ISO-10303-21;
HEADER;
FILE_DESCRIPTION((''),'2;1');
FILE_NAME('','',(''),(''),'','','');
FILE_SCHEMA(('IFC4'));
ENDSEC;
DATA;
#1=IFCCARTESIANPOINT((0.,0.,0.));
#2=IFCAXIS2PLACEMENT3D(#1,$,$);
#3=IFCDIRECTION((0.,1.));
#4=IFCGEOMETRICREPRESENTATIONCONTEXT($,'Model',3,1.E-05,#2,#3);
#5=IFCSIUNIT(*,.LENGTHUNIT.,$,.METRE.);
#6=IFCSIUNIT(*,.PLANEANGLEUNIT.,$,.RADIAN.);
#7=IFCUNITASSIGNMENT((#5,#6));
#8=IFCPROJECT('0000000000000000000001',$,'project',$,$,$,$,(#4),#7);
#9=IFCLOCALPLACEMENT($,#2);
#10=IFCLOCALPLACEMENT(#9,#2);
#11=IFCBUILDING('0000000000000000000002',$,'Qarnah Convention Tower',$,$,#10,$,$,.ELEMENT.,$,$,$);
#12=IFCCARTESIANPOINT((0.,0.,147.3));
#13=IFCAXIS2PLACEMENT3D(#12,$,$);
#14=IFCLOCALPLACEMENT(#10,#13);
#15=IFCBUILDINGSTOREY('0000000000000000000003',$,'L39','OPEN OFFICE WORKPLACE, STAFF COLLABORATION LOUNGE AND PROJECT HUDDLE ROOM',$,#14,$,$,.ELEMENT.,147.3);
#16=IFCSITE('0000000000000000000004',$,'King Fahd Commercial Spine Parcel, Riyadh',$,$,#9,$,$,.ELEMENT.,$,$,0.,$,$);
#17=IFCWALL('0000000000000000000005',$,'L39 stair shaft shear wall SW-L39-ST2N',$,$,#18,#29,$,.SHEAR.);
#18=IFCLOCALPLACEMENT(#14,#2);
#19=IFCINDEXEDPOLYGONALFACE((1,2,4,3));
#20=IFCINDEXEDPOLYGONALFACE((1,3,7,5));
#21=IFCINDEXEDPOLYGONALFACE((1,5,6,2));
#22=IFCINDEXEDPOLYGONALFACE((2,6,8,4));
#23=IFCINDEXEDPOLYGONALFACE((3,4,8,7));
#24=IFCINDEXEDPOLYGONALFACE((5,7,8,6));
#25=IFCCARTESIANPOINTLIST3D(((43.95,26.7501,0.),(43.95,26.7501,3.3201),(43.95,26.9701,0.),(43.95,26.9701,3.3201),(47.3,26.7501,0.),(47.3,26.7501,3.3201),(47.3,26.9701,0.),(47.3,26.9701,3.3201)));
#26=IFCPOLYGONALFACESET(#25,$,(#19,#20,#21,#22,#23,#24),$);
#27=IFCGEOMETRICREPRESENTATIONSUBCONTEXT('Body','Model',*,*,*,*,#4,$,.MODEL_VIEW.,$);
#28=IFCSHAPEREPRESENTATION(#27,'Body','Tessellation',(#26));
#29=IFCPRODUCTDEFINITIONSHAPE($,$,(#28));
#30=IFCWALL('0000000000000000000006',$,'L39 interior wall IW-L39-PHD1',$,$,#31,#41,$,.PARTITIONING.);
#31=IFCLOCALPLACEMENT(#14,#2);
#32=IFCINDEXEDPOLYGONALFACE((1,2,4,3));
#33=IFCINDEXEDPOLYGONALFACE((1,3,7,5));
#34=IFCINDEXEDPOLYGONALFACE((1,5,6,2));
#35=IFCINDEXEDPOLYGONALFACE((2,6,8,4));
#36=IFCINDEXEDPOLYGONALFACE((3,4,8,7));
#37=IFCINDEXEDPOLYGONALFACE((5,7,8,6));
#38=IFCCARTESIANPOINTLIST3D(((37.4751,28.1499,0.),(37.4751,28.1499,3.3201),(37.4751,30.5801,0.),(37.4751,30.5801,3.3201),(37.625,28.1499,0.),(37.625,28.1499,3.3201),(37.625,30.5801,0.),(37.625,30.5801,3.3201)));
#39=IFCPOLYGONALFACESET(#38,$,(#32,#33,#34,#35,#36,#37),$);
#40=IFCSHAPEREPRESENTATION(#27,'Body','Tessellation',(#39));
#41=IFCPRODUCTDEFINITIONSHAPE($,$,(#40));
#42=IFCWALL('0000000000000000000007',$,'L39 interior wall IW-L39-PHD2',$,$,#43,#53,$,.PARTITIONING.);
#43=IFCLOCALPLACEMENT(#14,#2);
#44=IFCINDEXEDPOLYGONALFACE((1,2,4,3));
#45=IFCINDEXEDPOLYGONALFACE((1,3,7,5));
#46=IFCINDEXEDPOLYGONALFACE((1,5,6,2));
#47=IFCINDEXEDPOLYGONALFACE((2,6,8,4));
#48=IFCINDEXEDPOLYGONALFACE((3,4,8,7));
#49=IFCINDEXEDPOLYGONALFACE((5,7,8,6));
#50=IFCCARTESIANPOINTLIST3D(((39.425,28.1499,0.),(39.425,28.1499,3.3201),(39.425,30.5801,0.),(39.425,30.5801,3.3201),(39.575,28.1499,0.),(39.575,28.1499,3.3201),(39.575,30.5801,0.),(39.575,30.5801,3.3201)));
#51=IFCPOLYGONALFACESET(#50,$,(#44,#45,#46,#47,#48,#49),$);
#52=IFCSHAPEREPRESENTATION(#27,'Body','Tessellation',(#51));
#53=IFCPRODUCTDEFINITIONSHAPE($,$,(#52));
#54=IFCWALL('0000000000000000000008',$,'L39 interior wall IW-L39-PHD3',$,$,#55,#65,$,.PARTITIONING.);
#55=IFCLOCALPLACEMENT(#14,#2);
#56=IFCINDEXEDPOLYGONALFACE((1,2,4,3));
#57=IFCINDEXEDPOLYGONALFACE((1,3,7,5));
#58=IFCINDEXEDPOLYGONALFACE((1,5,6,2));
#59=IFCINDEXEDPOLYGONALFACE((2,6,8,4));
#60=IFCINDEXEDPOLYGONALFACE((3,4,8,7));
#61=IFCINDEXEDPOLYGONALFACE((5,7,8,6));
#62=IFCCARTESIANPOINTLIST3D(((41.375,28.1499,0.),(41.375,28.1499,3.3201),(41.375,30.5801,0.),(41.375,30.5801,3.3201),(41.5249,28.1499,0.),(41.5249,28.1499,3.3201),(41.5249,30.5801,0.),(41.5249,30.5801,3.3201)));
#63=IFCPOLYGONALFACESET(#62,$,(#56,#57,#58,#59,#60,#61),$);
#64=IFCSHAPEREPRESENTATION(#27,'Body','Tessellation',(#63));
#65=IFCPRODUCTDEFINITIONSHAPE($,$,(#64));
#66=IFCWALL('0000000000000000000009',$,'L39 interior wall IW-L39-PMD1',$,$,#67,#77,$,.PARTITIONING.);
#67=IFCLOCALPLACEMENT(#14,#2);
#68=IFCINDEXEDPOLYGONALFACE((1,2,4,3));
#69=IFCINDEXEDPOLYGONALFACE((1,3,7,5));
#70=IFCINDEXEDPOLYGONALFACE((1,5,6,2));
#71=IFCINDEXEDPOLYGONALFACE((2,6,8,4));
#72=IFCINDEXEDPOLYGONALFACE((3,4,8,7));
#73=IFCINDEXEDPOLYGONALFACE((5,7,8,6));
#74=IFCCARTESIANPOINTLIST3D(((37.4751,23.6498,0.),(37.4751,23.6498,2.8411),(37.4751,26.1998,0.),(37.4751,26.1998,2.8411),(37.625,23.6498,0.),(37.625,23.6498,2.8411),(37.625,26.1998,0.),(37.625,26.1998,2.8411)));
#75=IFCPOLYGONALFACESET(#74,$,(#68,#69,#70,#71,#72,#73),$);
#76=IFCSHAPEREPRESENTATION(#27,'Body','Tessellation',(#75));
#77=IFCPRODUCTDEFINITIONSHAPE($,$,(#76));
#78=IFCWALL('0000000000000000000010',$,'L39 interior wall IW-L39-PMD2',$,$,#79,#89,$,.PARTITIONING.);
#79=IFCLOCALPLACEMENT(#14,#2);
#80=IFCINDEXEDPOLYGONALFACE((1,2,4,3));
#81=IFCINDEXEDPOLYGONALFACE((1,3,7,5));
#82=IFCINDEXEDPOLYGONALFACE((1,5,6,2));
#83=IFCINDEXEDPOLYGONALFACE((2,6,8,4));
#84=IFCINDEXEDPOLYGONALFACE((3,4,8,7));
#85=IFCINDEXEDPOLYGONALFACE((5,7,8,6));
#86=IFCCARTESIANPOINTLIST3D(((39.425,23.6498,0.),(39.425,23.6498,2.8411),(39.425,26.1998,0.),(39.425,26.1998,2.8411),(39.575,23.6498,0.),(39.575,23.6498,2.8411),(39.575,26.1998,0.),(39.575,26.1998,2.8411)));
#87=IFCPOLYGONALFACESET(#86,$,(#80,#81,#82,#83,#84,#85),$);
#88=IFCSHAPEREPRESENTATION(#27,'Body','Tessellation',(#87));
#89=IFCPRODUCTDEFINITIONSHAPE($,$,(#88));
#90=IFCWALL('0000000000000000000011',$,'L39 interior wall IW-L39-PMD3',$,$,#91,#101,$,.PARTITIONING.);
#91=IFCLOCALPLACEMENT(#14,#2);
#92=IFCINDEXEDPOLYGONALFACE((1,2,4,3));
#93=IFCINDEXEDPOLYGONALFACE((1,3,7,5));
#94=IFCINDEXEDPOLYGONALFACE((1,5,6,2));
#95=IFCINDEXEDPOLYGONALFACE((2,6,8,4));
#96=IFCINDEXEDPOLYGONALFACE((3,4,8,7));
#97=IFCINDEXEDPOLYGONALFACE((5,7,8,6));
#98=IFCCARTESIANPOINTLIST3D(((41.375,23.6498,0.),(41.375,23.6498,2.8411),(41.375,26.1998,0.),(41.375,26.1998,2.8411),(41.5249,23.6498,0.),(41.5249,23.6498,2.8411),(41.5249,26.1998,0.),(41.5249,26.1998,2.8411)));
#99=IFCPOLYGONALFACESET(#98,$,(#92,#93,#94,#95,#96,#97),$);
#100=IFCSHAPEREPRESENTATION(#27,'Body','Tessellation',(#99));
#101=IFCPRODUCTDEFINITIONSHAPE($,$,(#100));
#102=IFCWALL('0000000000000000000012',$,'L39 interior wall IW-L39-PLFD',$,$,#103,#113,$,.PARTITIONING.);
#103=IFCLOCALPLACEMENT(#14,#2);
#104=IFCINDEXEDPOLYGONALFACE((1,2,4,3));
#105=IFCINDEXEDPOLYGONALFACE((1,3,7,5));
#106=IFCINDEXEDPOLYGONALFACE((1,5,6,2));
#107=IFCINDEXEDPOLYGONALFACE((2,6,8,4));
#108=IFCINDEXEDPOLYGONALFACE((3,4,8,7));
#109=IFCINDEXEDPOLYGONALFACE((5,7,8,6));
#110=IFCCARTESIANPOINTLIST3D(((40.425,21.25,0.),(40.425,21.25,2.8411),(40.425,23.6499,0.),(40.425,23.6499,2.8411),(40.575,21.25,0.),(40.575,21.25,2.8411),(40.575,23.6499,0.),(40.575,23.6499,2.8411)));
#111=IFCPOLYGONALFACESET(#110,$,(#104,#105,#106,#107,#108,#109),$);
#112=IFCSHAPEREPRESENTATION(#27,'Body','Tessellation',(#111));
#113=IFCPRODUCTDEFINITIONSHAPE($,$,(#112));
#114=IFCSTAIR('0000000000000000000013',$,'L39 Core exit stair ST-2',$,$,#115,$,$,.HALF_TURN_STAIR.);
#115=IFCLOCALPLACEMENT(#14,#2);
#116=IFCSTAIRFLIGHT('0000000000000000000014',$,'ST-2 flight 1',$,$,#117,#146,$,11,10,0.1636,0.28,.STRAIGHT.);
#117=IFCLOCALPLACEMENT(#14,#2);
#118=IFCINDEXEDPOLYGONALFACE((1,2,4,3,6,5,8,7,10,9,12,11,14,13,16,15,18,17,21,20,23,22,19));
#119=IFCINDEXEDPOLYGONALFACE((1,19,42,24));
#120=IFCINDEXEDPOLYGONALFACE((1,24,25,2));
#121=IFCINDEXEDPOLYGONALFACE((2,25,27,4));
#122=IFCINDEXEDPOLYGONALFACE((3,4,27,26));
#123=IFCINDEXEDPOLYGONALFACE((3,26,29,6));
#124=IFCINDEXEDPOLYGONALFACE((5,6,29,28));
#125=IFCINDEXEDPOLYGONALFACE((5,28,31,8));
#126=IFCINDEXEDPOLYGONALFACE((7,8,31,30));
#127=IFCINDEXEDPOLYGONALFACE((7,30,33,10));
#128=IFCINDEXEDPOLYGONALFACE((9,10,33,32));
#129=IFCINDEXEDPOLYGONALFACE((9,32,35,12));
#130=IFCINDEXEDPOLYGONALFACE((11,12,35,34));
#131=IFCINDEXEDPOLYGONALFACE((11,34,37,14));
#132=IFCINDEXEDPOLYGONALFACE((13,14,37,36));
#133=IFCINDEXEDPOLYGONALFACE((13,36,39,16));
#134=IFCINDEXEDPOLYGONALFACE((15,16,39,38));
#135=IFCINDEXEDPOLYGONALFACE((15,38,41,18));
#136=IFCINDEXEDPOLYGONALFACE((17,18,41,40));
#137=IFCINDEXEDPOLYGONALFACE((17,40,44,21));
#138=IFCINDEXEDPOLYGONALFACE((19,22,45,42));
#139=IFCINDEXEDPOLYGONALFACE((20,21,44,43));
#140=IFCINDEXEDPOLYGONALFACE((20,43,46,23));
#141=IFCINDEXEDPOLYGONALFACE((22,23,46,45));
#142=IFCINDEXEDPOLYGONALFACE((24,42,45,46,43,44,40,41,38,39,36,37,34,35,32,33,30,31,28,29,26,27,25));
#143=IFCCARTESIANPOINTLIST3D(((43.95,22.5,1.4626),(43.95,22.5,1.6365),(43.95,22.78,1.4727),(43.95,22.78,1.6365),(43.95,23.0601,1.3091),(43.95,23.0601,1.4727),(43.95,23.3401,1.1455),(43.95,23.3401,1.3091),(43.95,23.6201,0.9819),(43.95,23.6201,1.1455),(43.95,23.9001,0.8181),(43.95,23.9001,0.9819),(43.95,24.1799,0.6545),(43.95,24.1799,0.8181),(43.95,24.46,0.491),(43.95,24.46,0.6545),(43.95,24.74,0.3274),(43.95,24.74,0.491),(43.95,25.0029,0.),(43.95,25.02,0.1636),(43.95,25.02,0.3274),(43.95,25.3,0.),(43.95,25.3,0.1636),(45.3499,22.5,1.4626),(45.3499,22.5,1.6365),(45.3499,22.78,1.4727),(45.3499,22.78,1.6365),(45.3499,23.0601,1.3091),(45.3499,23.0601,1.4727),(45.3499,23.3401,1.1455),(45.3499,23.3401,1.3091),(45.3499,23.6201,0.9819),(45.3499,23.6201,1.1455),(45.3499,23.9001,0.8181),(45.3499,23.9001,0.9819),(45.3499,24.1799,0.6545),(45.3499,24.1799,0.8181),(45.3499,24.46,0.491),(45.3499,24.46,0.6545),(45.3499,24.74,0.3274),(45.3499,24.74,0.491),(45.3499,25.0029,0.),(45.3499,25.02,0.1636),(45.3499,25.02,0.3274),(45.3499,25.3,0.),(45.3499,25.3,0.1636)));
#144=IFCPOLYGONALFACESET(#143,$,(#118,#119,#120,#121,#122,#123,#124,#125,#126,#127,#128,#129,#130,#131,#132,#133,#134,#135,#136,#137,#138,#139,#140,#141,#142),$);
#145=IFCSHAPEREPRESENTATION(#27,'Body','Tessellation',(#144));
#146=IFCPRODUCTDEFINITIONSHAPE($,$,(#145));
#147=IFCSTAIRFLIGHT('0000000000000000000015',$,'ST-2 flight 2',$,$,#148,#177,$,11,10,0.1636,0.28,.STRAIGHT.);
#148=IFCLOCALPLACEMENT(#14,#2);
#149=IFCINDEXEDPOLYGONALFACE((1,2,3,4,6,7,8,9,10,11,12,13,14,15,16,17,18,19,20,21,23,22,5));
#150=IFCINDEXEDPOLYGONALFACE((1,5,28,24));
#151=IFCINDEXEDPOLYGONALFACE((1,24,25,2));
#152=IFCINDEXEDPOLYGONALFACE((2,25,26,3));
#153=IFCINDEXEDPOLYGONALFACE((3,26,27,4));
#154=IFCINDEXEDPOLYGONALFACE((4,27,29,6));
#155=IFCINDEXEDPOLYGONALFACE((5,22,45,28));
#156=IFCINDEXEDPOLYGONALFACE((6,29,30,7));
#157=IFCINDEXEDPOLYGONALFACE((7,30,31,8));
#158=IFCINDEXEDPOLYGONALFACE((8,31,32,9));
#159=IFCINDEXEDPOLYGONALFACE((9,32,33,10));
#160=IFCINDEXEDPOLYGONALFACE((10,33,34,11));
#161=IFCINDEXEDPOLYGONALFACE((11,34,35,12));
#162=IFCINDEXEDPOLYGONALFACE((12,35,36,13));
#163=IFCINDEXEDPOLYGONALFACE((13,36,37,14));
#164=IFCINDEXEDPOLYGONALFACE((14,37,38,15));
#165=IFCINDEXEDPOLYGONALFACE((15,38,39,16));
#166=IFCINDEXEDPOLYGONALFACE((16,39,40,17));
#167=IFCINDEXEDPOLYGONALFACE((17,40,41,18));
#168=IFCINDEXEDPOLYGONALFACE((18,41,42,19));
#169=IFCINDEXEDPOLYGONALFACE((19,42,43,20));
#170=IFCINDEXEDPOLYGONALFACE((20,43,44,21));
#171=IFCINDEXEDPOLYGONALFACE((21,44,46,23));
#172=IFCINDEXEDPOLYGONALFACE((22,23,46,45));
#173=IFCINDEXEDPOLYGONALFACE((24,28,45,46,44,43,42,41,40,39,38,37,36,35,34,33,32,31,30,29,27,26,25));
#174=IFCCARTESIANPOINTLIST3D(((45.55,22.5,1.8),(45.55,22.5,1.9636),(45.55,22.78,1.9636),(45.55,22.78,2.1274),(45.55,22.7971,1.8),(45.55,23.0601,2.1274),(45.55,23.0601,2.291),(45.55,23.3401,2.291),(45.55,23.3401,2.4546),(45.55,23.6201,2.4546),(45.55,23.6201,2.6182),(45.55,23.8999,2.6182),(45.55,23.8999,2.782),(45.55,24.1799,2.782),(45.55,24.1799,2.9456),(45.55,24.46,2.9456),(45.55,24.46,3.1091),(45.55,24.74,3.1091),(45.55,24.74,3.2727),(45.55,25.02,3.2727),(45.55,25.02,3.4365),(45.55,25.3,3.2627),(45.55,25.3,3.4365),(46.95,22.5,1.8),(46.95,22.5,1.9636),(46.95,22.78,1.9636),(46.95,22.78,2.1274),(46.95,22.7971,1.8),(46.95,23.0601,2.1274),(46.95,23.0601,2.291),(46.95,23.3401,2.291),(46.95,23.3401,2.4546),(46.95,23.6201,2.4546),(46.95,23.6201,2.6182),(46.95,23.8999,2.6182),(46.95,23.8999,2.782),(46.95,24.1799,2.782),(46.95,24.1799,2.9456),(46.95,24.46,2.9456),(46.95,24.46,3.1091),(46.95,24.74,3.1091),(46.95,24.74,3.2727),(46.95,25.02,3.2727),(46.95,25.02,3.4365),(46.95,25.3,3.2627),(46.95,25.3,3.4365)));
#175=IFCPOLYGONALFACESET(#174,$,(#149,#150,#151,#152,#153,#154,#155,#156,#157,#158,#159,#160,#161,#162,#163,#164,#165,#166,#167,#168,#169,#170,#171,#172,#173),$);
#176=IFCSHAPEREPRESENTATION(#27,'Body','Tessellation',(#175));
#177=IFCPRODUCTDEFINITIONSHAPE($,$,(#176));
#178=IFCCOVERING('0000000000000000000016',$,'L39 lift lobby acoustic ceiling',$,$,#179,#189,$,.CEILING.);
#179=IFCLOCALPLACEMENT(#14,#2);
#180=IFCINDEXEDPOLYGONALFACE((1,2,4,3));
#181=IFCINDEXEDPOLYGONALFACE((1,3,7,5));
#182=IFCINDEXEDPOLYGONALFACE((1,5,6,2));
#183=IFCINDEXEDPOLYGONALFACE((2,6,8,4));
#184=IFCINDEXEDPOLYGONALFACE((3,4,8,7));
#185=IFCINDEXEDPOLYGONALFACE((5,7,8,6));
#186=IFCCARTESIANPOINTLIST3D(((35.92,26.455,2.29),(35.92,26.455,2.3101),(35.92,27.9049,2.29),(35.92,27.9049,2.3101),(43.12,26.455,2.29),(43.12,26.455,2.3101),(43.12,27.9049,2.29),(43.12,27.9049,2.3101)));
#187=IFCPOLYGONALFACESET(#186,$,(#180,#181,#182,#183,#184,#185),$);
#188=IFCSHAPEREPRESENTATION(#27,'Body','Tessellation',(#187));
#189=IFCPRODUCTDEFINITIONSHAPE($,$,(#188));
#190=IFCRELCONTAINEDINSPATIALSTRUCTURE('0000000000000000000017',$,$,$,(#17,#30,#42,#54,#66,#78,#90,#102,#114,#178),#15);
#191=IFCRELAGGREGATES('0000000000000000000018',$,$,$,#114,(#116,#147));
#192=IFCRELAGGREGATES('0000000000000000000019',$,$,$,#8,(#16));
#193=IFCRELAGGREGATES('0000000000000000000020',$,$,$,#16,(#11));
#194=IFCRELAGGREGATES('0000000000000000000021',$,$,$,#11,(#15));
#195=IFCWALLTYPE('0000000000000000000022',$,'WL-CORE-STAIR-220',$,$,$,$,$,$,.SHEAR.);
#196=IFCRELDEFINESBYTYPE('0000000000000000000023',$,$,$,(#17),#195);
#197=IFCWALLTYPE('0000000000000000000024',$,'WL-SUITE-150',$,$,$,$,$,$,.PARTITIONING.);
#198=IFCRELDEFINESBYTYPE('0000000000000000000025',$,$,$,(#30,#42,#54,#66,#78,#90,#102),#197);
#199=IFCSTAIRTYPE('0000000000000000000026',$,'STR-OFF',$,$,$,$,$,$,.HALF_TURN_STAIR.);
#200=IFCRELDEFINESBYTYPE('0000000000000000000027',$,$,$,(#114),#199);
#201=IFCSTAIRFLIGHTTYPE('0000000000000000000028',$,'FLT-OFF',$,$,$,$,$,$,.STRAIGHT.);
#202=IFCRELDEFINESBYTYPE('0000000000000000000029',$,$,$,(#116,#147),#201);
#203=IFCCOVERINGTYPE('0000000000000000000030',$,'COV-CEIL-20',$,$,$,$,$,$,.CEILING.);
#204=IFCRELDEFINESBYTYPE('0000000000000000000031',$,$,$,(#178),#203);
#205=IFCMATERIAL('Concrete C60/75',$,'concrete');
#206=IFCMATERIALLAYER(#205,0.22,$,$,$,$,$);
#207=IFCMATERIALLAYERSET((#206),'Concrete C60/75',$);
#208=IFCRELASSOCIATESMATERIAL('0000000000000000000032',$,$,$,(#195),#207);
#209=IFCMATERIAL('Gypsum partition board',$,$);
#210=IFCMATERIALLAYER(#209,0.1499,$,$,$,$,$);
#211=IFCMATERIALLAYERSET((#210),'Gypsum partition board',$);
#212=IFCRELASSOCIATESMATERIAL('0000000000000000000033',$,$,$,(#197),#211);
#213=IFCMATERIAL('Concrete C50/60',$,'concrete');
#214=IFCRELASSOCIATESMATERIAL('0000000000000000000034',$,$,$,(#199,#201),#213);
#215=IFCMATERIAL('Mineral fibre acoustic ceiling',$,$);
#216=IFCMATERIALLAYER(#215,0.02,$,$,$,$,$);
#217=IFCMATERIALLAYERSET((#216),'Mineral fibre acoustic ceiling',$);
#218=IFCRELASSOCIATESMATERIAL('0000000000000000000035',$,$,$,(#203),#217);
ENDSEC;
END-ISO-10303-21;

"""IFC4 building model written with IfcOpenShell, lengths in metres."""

from ifc_helpers import new_model, si_unit, direction, frame, frame_2d, origin, origin_2d, place, context, subcontext, project, spatial, polyline, rectangle, outline, extrude, material, layer, layer_set, type_object, element, aggregate, save


model = new_model("IFC4")

# Units and contexts
model_context = context("Model", 3, precision=1e-05, world=origin(), true_north=direction((0.0, 1.0)))
body_context = subcontext(model_context, "Body", "Model", "MODEL_VIEW")
ifc_project = project(units=[si_unit("LENGTHUNIT", "METRE"), si_unit("PLANEANGLEUNIT", "RADIAN")], contexts=[model_context])

# Site, building, storey
site_placement = place(None, origin())
site = spatial("IfcSite", under=ifc_project, at=site_placement, Name="King Fahd Commercial Spine Parcel, Riyadh", CompositionType="ELEMENT", RefElevation=0.0)
building_placement = place(site_placement, origin())
building = spatial("IfcBuilding", under=site, at=building_placement, Name="Qarnah Convention Tower", CompositionType="ELEMENT")
storey_placement = place(building_placement, frame((0.0, 0.0, 147.3)))
storey = spatial("IfcBuildingStorey", under=building, at=storey_placement, Name="L39", Description="OPEN OFFICE WORKPLACE, STAFF COLLABORATION LOUNGE AND PROJECT HUDDLE ROOM", CompositionType="ELEMENT", Elevation=147.3)

# Shared definitions
ifc_material_1 = material(Name="Concrete C60/75", Category="concrete")

# Walls
ifc_layer_1 = layer(ifc_material_1, 0.22)
ifc_layer_set_1 = layer_set([ifc_layer_1], Name="Concrete C60/75")
wall_type_1 = type_object("IfcWallType", Name="WL-CORE-STAIR-220", PredefinedType="SHEAR", material=ifc_layer_set_1)
wall_1_placement = place(storey_placement, frame((43.95, 26.8601, 0.0), z_axis=(0.0, 0.0, 1.0), x_axis=(1.0, 0.0, 0.0)))
element("IfcWall", 1, at=wall_1_placement, inside=storey, type_object=wall_type_1, Name="L39 stair shaft shear wall SW-L39-ST2N", PredefinedType="SHEAR", context=body_context, shape_type="SweptSolid", body=[
    extrude(rectangle(XDim=3.3501, YDim=0.22, at=frame_2d((1.675, 0.0))), origin(), (0.0, 0.0, 1.0), 3.3201),
])
ifc_material_2 = material(Name="Gypsum partition board")
ifc_layer_2 = layer(ifc_material_2, 0.1499)
ifc_layer_set_2 = layer_set([ifc_layer_2], Name="Gypsum partition board")
wall_type_2 = type_object("IfcWallType", Name="WL-SUITE-150", PredefinedType="PARTITIONING", material=ifc_layer_set_2)
for number, where, z_axis, x_axis, name in (
    (2, (37.55, 28.1499, 0.0), (0.0, 0.0, 1.0), (0.0, 1.0, 0.0), "L39 interior wall IW-L39-PHD1"),
    (3, (39.5, 28.1499, 0.0), (0.0, 0.0, 1.0), (0.0, 1.0, 0.0), "L39 interior wall IW-L39-PHD2"),
    (4, (41.45, 28.1499, 0.0), (0.0, 0.0, 1.0), (0.0, 1.0, 0.0), "L39 interior wall IW-L39-PHD3"),
):
    element("IfcWall", number, at=place(storey_placement, frame(where, z_axis=z_axis, x_axis=x_axis)), inside=storey, type_object=wall_type_2, Name=name, PredefinedType="PARTITIONING", context=body_context, shape_type="SweptSolid", body=[
        extrude(rectangle(XDim=2.4302, YDim=0.1499, at=frame_2d((1.2151, 0.0))), origin(), (0.0, 0.0, 1.0), 3.3201),
    ])
for number, where, z_axis, x_axis, name in (
    (5, (37.55, 23.6499, 0.0), (0.0, 0.0, 1.0), (0.0, 1.0, 0.0), "L39 interior wall IW-L39-PMD1"),
    (6, (39.5, 23.6499, 0.0), (0.0, 0.0, 1.0), (0.0, 1.0, 0.0), "L39 interior wall IW-L39-PMD2"),
    (7, (41.45, 23.6499, 0.0), (0.0, 0.0, 1.0), (0.0, 1.0, 0.0), "L39 interior wall IW-L39-PMD3"),
):
    element("IfcWall", number, at=place(storey_placement, frame(where, z_axis=z_axis, x_axis=x_axis)), inside=storey, type_object=wall_type_2, Name=name, PredefinedType="PARTITIONING", context=body_context, shape_type="SweptSolid", body=[
        extrude(rectangle(XDim=2.55, YDim=0.1499, at=frame_2d((1.2749, 0.0))), origin(), (0.0, 0.0, 1.0), 2.8411),
    ])
wall_2_placement = place(storey_placement, frame((40.5, 21.25, 0.0), z_axis=(0.0, 0.0, 1.0), x_axis=(0.0, 1.0, 0.0)))
element("IfcWall", 8, at=wall_2_placement, inside=storey, type_object=wall_type_2, Name="L39 interior wall IW-L39-PLFD", PredefinedType="PARTITIONING", context=body_context, shape_type="SweptSolid", body=[
    extrude(rectangle(XDim=2.3999, YDim=0.1499, at=frame_2d((1.2, 0.0))), origin(), (0.0, 0.0, 1.0), 2.8411),
])

# Stair, stair flights
ifc_material_3 = material(Name="Concrete C50/60", Category="concrete")
stair_type = type_object("IfcStairType", Name="STR-OFF", PredefinedType="HALF_TURN_STAIR", material=ifc_material_3)
stair_placement = place(storey_placement, origin())
stair = element("IfcStair", 9, at=stair_placement, inside=storey, type_object=stair_type, Name="L39 Core exit stair ST-2", PredefinedType="HALF_TURN_STAIR")
stair_flight_type = type_object("IfcStairFlightType", Name="FLT-OFF", PredefinedType="STRAIGHT", material=ifc_material_3)
stair_flight_1_placement = place(storey_placement, frame((44.6499, 25.3, 0.0), z_axis=(0.0, 0.0, 1.0), x_axis=(0.0, -1.0, 0.0)))
stair_flight_1 = element("IfcStairFlight", 10, at=stair_flight_1_placement, type_object=stair_flight_type, Name="ST-2 flight 1", NumberOfRisers=11, NumberOfTreads=10, PredefinedType="STRAIGHT", RiserHeight=0.1636, TreadLength=0.28, context=body_context, shape_type="SweptSolid", body=[
    extrude(outline(polyline([(0.0, 0.0), (0.0, 0.1636), (0.28, 0.1636), (0.28, 0.3274), (0.5601, 0.3274), (0.5601, 0.491), (0.8401, 0.491), (0.8401, 0.6545), (1.1201, 0.6545), (1.1201, 0.8181), (1.3999, 0.8181), (1.3999, 0.9819), (1.6799, 0.9819), (1.6799, 1.1455), (1.96, 1.1455), (1.96, 1.3091), (2.24, 1.3091), (2.24, 1.4727), (2.52, 1.4727), (2.52, 1.6365), (2.8, 1.6365), (2.8, 1.8), (2.8, 1.4626), (0.2971, 0.0), (0.0, 0.0)])), frame((0.0, 0.7, 0.0), z_axis=(0.0, -1.0, 0.0), x_axis=(1.0, 0.0, 0.0)), (0.0, 0.0, 1.0), 1.3999),
])
stair_flight_2_placement = place(storey_placement, frame((46.25, 22.5, 1.8), z_axis=(0.0, 0.0, 1.0), x_axis=(0.0, 1.0, 0.0)))
stair_flight_2 = element("IfcStairFlight", 11, at=stair_flight_2_placement, type_object=stair_flight_type, Name="ST-2 flight 2", NumberOfRisers=11, NumberOfTreads=10, PredefinedType="STRAIGHT", RiserHeight=0.1636, TreadLength=0.28, context=body_context, shape_type="SweptSolid", body=[
    extrude(outline(polyline([(0.0, 0.0), (0.0, 0.1636), (0.28, 0.1636), (0.28, 0.3274), (0.5601, 0.3274), (0.5601, 0.491), (0.8401, 0.491), (0.8401, 0.6545), (1.1201, 0.6545), (1.1201, 0.8181), (1.3999, 0.8181), (1.3999, 0.9819), (1.6799, 0.9819), (1.6799, 1.1455), (1.96, 1.1455), (1.96, 1.3091), (2.24, 1.3091), (2.24, 1.4727), (2.52, 1.4727), (2.52, 1.6365), (2.8, 1.6365), (2.8, 1.8), (2.8, 1.4626), (0.2971, 0.0), (0.0, 0.0)])), frame((0.0, 0.7, 0.0), z_axis=(0.0, -1.0, 0.0), x_axis=(1.0, 0.0, 0.0)), (0.0, 0.0, 1.0), 1.3999),
])
aggregate(stair, [stair_flight_1, stair_flight_2])

# Covering
ifc_material_4 = material(Name="Mineral fibre acoustic ceiling")
ifc_layer_3 = layer(ifc_material_4, 0.02)
ifc_layer_set_3 = layer_set([ifc_layer_3], Name="Mineral fibre acoustic ceiling")
covering_type = type_object("IfcCoveringType", Name="COV-CEIL-20", PredefinedType="CEILING", material=ifc_layer_set_3)
covering_placement = place(storey_placement, frame((39.52, 27.1799, 2.29), z_axis=(0.0, 0.0, 1.0), x_axis=(1.0, 0.0, 0.0)))
element("IfcCovering", 12, at=covering_placement, inside=storey, type_object=covering_type, Name="L39 lift lobby acoustic ceiling", PredefinedType="CEILING", context=body_context, shape_type="SweptSolid", body=[
    extrude(rectangle(XDim=7.2, YDim=1.45, at=origin_2d()), origin(), (0.0, 0.0, 1.0), 0.02),
])

save(model, "model.ifc")
